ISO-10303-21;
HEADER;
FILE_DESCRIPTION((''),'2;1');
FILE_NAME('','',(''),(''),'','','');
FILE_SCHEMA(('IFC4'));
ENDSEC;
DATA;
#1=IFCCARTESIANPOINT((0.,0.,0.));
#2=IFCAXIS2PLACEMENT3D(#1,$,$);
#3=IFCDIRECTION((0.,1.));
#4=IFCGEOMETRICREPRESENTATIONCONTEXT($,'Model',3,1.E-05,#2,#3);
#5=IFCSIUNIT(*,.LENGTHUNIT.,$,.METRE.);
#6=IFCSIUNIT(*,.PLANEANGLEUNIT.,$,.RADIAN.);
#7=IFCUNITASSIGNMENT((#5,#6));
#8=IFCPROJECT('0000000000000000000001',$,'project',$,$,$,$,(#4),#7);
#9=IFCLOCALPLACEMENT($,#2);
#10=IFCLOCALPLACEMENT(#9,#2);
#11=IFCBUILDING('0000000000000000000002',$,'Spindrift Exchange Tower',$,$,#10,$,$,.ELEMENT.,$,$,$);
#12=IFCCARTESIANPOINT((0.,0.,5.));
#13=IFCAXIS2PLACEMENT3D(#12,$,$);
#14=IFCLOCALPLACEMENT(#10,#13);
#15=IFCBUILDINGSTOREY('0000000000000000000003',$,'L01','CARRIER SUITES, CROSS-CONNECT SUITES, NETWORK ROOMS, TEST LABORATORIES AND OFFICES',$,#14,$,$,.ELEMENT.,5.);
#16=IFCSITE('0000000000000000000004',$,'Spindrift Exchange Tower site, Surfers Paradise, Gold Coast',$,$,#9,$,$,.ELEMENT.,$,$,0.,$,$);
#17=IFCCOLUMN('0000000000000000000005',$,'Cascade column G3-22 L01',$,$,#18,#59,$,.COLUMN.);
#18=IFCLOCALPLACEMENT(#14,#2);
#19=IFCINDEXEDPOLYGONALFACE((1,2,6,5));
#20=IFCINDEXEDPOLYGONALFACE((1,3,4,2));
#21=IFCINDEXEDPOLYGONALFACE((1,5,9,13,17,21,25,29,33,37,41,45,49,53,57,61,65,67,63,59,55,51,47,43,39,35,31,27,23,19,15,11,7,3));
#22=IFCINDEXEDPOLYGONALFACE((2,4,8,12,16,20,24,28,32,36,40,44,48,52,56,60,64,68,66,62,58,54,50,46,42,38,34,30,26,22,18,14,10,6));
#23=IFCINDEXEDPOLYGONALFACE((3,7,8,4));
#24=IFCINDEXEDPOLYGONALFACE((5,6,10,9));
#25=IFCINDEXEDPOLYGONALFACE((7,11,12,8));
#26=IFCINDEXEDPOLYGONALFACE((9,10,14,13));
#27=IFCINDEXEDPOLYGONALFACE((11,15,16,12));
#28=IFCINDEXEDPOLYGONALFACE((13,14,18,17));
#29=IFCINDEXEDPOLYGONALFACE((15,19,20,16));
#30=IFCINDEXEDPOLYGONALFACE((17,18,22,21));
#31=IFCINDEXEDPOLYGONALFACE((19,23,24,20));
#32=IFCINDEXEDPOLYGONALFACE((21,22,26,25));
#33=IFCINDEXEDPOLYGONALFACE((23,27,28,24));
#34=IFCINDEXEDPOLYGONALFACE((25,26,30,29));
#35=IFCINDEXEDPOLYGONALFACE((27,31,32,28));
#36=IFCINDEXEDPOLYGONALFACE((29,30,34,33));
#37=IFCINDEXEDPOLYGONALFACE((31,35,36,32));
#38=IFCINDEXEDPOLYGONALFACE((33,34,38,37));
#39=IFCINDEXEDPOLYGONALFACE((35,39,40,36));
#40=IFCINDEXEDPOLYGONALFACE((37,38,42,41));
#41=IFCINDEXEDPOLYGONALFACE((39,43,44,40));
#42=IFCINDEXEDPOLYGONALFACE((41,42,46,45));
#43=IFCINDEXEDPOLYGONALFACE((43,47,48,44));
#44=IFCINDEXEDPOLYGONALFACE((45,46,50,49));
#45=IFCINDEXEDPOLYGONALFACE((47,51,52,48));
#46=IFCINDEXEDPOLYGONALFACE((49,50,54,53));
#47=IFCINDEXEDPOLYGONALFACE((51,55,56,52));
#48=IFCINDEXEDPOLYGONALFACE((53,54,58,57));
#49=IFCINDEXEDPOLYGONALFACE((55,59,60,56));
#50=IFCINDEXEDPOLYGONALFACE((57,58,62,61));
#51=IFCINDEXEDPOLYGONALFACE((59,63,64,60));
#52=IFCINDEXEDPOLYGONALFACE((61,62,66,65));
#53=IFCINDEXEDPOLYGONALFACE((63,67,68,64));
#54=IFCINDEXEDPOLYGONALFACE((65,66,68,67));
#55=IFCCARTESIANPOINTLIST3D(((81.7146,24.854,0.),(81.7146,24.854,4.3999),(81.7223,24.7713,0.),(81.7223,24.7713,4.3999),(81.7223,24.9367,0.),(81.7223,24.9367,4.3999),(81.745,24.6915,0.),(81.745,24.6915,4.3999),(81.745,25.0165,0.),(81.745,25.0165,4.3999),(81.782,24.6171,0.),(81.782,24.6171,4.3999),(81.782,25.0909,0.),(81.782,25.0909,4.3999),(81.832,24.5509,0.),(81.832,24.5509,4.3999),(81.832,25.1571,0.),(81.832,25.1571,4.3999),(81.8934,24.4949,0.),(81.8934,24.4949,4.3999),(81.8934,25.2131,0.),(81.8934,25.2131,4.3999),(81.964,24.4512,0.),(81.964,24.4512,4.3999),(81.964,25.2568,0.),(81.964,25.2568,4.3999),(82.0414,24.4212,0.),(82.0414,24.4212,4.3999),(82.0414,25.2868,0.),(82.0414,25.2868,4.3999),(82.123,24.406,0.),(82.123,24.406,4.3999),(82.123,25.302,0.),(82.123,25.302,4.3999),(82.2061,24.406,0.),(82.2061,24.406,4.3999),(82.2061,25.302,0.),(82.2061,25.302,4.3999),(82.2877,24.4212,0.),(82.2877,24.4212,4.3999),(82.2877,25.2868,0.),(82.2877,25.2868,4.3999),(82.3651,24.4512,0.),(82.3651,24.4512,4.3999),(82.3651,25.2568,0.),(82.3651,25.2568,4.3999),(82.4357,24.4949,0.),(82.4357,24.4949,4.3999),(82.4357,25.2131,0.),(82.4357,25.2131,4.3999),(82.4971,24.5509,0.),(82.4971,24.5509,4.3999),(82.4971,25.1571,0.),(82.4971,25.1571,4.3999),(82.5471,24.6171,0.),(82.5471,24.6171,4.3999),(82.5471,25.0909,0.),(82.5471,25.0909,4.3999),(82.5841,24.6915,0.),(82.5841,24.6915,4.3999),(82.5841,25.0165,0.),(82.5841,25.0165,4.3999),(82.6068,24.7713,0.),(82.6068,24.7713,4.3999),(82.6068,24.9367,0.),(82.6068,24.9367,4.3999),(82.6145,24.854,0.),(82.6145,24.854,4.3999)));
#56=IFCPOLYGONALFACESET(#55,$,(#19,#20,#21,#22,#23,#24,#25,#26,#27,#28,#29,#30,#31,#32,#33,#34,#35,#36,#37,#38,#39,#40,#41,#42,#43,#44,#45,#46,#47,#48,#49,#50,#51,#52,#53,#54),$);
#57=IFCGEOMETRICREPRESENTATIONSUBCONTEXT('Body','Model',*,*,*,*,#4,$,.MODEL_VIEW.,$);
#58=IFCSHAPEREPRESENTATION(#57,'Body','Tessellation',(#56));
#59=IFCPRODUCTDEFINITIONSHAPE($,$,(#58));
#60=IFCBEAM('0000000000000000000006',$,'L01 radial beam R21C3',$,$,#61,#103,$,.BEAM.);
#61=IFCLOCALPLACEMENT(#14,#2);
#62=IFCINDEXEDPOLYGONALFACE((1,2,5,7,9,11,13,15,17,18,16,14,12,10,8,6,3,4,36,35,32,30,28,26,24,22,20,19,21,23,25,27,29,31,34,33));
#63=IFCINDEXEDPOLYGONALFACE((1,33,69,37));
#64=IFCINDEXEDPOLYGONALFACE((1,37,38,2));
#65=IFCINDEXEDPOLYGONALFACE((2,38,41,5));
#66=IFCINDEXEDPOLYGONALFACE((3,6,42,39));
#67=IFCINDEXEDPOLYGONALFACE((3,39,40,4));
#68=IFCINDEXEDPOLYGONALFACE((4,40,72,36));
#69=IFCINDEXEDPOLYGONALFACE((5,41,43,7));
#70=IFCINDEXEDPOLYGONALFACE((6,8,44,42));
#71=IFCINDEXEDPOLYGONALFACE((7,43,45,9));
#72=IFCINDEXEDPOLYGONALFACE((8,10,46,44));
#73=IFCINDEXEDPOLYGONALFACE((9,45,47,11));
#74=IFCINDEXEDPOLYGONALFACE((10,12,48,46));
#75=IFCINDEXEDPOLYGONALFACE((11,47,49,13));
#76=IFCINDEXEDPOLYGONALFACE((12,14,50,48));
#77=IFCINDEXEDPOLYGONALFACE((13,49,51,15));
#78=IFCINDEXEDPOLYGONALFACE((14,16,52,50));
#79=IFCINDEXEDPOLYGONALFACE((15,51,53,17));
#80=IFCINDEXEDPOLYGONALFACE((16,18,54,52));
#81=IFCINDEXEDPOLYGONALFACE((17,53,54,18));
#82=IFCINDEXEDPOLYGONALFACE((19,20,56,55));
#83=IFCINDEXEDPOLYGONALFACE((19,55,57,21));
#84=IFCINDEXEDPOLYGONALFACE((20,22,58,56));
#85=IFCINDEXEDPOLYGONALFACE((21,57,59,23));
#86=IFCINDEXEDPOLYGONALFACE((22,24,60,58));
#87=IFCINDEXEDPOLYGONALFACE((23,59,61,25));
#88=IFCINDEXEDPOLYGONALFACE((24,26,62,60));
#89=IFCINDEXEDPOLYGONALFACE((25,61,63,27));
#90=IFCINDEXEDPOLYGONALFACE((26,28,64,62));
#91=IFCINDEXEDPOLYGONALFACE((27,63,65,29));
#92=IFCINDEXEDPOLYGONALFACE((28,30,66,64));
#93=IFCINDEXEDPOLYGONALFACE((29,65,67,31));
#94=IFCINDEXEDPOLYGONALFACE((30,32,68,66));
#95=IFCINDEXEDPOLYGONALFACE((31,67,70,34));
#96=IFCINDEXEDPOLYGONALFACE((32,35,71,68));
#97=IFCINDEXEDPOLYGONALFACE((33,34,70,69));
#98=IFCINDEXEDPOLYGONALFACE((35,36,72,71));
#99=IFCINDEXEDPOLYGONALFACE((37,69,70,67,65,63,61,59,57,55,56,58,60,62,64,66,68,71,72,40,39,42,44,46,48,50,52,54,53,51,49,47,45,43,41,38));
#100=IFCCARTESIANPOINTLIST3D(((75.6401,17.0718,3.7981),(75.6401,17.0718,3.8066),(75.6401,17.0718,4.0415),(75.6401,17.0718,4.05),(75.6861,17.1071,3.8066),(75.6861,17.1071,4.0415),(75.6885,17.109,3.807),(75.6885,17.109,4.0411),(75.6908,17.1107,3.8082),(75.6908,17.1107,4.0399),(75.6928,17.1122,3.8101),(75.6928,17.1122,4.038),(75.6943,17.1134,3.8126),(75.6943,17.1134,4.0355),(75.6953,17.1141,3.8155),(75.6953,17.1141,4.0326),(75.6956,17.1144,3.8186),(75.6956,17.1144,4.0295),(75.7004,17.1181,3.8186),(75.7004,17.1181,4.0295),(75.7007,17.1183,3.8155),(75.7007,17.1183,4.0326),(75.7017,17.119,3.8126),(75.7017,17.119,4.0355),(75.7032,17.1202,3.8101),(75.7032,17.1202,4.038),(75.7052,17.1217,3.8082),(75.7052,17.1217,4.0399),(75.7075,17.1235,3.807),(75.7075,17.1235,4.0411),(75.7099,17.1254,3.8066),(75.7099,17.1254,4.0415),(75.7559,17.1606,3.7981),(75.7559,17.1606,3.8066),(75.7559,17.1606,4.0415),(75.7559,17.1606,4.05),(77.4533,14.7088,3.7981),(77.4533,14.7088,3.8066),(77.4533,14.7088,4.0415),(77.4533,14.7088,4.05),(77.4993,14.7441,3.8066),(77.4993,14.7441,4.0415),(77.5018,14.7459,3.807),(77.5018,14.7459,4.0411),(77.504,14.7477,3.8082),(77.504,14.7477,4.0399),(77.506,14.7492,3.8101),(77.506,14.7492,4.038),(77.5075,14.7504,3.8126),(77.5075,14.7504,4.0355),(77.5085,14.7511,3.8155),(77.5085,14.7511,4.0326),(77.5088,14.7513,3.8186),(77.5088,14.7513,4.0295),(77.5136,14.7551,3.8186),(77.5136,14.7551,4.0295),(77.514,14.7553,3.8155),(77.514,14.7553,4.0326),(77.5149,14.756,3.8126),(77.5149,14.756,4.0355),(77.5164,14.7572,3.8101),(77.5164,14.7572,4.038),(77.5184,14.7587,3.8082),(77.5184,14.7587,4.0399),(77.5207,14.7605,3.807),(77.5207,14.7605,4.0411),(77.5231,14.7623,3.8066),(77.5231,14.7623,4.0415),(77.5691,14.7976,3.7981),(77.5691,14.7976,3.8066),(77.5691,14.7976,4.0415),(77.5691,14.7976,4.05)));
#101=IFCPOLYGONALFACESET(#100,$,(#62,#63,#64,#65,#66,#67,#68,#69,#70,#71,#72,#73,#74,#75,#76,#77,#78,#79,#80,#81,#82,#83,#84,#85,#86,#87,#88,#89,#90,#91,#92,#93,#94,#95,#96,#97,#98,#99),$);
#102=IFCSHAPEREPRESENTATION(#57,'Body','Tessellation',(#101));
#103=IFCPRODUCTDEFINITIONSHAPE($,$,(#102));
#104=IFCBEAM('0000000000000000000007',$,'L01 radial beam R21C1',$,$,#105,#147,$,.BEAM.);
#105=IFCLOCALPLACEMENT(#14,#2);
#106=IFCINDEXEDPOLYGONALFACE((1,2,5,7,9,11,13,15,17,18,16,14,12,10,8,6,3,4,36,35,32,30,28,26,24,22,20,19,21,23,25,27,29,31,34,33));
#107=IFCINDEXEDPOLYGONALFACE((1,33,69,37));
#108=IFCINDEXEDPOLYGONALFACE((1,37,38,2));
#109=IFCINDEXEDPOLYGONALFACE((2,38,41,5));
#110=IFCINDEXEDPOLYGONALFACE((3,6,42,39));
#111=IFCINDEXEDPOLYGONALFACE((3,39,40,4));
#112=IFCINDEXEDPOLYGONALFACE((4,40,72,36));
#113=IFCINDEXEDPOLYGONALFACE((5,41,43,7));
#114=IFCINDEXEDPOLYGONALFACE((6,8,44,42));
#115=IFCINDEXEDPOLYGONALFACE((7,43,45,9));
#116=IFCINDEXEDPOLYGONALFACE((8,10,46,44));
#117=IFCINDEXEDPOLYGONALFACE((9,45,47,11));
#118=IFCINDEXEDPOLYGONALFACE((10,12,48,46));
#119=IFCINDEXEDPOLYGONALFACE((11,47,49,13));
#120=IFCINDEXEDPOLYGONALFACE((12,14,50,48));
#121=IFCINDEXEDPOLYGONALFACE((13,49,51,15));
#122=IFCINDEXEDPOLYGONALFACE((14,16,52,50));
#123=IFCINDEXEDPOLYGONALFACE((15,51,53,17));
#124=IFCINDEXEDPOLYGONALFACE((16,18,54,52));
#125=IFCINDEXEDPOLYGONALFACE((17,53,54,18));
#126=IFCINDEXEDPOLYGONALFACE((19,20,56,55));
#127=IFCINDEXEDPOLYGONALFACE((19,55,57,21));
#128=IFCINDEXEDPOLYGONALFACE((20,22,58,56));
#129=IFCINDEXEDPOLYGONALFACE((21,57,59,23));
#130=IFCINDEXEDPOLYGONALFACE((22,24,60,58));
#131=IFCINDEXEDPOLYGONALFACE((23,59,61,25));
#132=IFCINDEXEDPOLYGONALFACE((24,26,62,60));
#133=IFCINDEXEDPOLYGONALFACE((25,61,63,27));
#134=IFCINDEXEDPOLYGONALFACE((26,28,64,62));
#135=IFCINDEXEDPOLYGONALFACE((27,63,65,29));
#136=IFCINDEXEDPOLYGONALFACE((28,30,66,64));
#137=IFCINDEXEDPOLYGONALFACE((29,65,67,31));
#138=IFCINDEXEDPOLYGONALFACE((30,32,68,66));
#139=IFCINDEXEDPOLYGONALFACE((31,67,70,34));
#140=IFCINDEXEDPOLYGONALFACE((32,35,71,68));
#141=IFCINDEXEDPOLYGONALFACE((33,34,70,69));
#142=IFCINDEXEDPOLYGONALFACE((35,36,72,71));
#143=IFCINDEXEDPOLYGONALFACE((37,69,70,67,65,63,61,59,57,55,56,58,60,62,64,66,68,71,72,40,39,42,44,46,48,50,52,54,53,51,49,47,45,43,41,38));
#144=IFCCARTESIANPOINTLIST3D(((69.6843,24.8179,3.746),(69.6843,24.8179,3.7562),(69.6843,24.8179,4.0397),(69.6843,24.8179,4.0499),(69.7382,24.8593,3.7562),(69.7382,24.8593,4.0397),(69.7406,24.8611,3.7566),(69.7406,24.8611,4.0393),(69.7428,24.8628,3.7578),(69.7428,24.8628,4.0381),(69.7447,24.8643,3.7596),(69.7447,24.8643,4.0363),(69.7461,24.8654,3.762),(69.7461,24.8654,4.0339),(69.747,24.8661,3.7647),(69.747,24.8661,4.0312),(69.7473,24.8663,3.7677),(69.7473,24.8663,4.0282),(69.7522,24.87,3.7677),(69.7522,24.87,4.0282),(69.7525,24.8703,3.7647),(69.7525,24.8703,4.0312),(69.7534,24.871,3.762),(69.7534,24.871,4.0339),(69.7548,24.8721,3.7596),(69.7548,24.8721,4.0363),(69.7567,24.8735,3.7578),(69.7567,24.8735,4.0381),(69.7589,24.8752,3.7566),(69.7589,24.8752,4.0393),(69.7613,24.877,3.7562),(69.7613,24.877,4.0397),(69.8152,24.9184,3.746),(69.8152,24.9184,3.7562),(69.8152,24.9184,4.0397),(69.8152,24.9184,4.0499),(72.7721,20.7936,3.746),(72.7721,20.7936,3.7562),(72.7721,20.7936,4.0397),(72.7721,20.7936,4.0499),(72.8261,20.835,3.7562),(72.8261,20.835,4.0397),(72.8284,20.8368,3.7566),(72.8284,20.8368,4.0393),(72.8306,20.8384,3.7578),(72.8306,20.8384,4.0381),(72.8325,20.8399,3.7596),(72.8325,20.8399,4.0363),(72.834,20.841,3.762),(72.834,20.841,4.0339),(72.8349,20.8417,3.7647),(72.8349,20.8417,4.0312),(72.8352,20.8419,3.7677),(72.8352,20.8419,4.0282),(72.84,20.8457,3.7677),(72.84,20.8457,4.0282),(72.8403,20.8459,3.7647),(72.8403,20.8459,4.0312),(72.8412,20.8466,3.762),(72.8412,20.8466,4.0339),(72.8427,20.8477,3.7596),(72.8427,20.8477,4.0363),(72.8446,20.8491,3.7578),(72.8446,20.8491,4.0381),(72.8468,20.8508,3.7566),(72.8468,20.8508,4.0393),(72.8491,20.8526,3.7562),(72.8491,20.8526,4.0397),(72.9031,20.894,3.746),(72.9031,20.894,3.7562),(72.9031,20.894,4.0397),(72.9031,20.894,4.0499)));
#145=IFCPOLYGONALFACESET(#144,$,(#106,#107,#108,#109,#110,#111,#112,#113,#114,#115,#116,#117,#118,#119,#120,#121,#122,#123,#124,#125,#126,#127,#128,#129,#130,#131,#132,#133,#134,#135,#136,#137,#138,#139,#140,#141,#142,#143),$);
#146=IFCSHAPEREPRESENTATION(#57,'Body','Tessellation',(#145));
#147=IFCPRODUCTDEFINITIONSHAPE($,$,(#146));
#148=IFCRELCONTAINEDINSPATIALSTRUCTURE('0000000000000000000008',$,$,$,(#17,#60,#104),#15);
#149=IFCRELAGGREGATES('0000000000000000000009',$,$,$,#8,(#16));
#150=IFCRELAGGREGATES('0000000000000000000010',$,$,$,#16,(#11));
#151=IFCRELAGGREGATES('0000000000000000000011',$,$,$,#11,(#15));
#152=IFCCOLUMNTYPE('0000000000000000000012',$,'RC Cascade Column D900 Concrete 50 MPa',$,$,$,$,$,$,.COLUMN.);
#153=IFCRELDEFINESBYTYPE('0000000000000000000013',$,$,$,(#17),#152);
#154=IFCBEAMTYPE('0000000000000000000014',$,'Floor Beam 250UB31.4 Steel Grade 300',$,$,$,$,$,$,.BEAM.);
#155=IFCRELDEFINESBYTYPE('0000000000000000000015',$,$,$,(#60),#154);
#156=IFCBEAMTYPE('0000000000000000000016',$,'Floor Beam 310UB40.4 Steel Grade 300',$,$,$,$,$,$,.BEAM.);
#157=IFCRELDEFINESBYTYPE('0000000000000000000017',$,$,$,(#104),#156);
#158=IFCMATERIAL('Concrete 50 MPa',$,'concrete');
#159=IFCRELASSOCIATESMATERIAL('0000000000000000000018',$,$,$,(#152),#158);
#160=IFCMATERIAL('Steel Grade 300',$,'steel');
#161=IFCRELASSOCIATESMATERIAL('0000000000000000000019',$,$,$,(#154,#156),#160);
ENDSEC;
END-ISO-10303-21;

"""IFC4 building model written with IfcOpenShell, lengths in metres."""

from ifc_helpers import new_model, si_unit, direction, frame, origin, origin_2d, place, context, subcontext, project, spatial, circle, i_section, extrude, source, transform, mapped, material, material_profile, profile_set, type_object, element, save


model = new_model("IFC4")

# Units and contexts
model_context = context("Model", 3, precision=1e-05, world=origin(), true_north=direction((0.0, 1.0)))
body_context = subcontext(model_context, "Body", "Model", "MODEL_VIEW")
ifc_project = project(units=[si_unit("LENGTHUNIT", "METRE"), si_unit("PLANEANGLEUNIT", "RADIAN")], contexts=[model_context])

# Site, building, storey
site_placement = place(None, origin())
site = spatial("IfcSite", under=ifc_project, at=site_placement, Name="Spindrift Exchange Tower site, Surfers Paradise, Gold Coast", CompositionType="ELEMENT", RefElevation=0.0)
building_placement = place(site_placement, origin())
building = spatial("IfcBuilding", under=site, at=building_placement, Name="Spindrift Exchange Tower", CompositionType="ELEMENT")
storey_placement = place(building_placement, frame((0.0, 0.0, 5.0)))
storey = spatial("IfcBuildingStorey", under=building, at=storey_placement, Name="L01", Description="CARRIER SUITES, CROSS-CONNECT SUITES, NETWORK ROOMS, TEST LABORATORIES AND OFFICES", CompositionType="ELEMENT", Elevation=5.0)

# Column
ifc_material_1 = material(Name="Concrete 50 MPa", Category="concrete")
ifc_material_profile_1 = material_profile(ifc_material_1, circle(Radius=0.45, at=origin_2d()), Name="RC D900")
ifc_profile_set_1 = profile_set([ifc_material_profile_1], Name="Concrete 50 MPa")
column_type_1 = type_object("IfcColumnType", Name="RC Cascade Column D900 Concrete 50 MPa", PredefinedType="COLUMN", material=ifc_profile_set_1)
shared_shape_1 = source(origin(), body_context, "Body", "SweptSolid", [
    extrude(circle(Radius=0.45, at=origin_2d()), origin(), (0.0, 0.0, 1.0), 4.3999),
])
for number, where, z_axis, x_axis, name in (
    (1, (82.1646, 24.854, 0.0), (0.0, 0.0, 1.0), (1.0, 0.0, 0.0), "Cascade column G3-22 L01"),
):
    element("IfcColumn", number, at=place(storey_placement, frame(where, z_axis=z_axis, x_axis=x_axis)), inside=storey, type_object=column_type_1, Name=name, PredefinedType="COLUMN", context=body_context, shape_type="MappedRepresentation", body=[
        mapped(shared_shape_1, transform((0.0, 0.0, 0.0), scale=1.0)),
    ])

# Beams
ifc_material_2 = material(Name="Steel Grade 300", Category="steel")
ifc_material_profile_2 = material_profile(ifc_material_2, i_section(OverallWidth=0.146, OverallDepth=0.252, WebThickness=0.0061, FlangeThickness=0.0085, FilletRadius=0.012, at=origin_2d()), Name="250UB31.4")
ifc_profile_set_2 = profile_set([ifc_material_profile_2], Name="Steel Grade 300")
beam_type_1 = type_object("IfcBeamType", Name="Floor Beam 250UB31.4 Steel Grade 300", PredefinedType="BEAM", material=ifc_profile_set_2)
shared_shape_2 = source(origin(), body_context, "Body", "SweptSolid", [
    extrude(i_section(OverallWidth=0.146, OverallDepth=0.252, WebThickness=0.0061, FlangeThickness=0.0085, FilletRadius=0.012, at=origin_2d()), origin(), (0.0, 0.0, 1.0), 2.9785),
])
beam_1_placement = place(storey_placement, frame((75.698, 17.1162, 3.9241), z_axis=(0.608764, -0.793352, 0.0), x_axis=(0.793352, 0.608764, 0.0)))
element("IfcBeam", 2, at=beam_1_placement, inside=storey, type_object=beam_type_1, Name="L01 radial beam R21C3", PredefinedType="BEAM", context=body_context, shape_type="MappedRepresentation", body=[
    mapped(shared_shape_2, transform((0.0, 0.0, 0.0), scale=1.0)),
])
ifc_material_profile_3 = material_profile(ifc_material_2, i_section(OverallWidth=0.165, OverallDepth=0.304, WebThickness=0.0061, FlangeThickness=0.0103, FilletRadius=0.0115, at=origin_2d()), Name="310UB40.4")
ifc_profile_set_3 = profile_set([ifc_material_profile_3], Name="Steel Grade 300")
beam_type_2 = type_object("IfcBeamType", Name="Floor Beam 310UB40.4 Steel Grade 300", PredefinedType="BEAM", material=ifc_profile_set_3)
shared_shape_3 = source(origin(), body_context, "Body", "SweptSolid", [
    extrude(i_section(OverallWidth=0.165, OverallDepth=0.304, WebThickness=0.0061, FlangeThickness=0.0103, FilletRadius=0.0115, at=origin_2d()), origin(), (0.0, 0.0, 1.0), 5.0725),
])
beam_2_placement = place(storey_placement, frame((69.7498, 24.8682, 3.8979), z_axis=(0.608743, -0.793368, 0.0), x_axis=(0.793368, 0.608743, 0.0)))
element("IfcBeam", 3, at=beam_2_placement, inside=storey, type_object=beam_type_2, Name="L01 radial beam R21C1", PredefinedType="BEAM", context=body_context, shape_type="MappedRepresentation", body=[
    mapped(shared_shape_3, transform((0.0, 0.0, 0.0), scale=1.0)),
])

save(model, "model.ifc")
